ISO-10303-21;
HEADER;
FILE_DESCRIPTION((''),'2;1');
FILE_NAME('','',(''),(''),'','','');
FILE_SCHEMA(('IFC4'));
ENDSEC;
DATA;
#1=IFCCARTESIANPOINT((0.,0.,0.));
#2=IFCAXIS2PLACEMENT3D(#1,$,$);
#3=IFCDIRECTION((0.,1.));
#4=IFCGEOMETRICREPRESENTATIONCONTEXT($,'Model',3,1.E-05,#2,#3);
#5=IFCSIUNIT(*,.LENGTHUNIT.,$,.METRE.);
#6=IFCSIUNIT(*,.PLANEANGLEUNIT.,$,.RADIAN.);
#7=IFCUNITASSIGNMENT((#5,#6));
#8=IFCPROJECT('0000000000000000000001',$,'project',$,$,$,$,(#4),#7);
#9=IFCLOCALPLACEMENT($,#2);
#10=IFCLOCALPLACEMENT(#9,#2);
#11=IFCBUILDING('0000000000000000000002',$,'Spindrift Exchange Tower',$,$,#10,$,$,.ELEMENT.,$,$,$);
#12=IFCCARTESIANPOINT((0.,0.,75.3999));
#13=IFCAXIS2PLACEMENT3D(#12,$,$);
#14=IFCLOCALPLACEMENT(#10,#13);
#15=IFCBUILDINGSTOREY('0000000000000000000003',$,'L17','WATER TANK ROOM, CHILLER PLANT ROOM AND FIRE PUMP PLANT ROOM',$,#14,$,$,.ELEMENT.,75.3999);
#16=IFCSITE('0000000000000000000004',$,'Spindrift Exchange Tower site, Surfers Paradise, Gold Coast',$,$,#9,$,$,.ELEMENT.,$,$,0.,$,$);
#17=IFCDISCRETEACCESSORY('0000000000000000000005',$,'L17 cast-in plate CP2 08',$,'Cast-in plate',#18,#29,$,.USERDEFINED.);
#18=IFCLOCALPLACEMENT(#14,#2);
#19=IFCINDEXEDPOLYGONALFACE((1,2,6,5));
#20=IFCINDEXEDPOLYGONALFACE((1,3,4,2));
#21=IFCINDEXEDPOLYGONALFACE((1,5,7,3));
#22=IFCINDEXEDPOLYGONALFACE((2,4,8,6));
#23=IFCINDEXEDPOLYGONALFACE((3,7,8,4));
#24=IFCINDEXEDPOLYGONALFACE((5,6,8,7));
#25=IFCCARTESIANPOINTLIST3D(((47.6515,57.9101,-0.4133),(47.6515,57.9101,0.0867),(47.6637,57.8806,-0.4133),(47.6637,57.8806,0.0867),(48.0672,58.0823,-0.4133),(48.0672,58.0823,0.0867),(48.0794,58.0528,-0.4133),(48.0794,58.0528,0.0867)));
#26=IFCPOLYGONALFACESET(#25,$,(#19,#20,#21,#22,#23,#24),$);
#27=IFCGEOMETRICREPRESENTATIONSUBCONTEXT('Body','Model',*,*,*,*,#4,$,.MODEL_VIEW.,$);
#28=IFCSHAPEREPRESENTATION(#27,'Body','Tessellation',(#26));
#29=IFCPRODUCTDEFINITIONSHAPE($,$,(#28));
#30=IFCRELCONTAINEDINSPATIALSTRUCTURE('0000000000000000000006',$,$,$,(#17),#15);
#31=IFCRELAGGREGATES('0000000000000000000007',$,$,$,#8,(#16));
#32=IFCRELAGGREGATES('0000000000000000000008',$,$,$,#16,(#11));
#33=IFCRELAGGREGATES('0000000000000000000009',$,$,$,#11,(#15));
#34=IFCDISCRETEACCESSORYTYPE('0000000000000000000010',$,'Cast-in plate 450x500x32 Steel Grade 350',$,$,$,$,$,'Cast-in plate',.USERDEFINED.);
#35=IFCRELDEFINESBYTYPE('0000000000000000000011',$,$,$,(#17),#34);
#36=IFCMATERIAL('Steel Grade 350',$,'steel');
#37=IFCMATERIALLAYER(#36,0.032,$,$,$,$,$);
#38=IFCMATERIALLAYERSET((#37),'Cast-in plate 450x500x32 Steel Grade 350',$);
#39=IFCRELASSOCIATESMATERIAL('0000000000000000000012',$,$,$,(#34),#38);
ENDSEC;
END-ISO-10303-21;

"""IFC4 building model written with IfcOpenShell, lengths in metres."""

from ifc_helpers import new_model, si_unit, direction, frame, origin, origin_2d, place, context, subcontext, project, spatial, rectangle, extrude, source, transform, mapped, material, layer, layer_set, type_object, element, save


model = new_model("IFC4")

# Units and contexts
model_context = context("Model", 3, precision=1e-05, world=origin(), true_north=direction((0.0, 1.0)))
body_context = subcontext(model_context, "Body", "Model", "MODEL_VIEW")
ifc_project = project(units=[si_unit("LENGTHUNIT", "METRE"), si_unit("PLANEANGLEUNIT", "RADIAN")], contexts=[model_context])

# Site, building, storey
site_placement = place(None, origin())
site = spatial("IfcSite", under=ifc_project, at=site_placement, Name="Spindrift Exchange Tower site, Surfers Paradise, Gold Coast", CompositionType="ELEMENT", RefElevation=0.0)
building_placement = place(site_placement, origin())
building = spatial("IfcBuilding", under=site, at=building_placement, Name="Spindrift Exchange Tower", CompositionType="ELEMENT")
storey_placement = place(building_placement, frame((0.0, 0.0, 75.3999)))
storey = spatial("IfcBuildingStorey", under=building, at=storey_placement, Name="L17", Description="WATER TANK ROOM, CHILLER PLANT ROOM AND FIRE PUMP PLANT ROOM", CompositionType="ELEMENT", Elevation=75.3999)

# Discrete accessory
ifc_material_1 = material(Name="Steel Grade 350", Category="steel")
ifc_layer_1 = layer(ifc_material_1, 0.032)
ifc_layer_set_1 = layer_set([ifc_layer_1], Name="Cast-in plate 450x500x32 Steel Grade 350")
discrete_accessory_type_1 = type_object("IfcDiscreteAccessoryType", Name="Cast-in plate 450x500x32 Steel Grade 350", ElementType="Cast-in plate", PredefinedType="USERDEFINED", material=ifc_layer_set_1)
shared_shape_1 = source(origin(), body_context, "Body", "SweptSolid", [
    extrude(rectangle(XDim=0.032, YDim=0.45, at=origin_2d()), origin(), (0.0, 0.0, 1.0), 0.5),
])
for number, where, z_axis, x_axis, name in (
    (1, (47.8655, 57.9814, -0.4133), (0.0, 0.0, 1.0), (-0.382683, 0.92388, 0.0), "L17 cast-in plate CP2 08"),
):
    element("IfcDiscreteAccessory", number, at=place(storey_placement, frame(where, z_axis=z_axis, x_axis=x_axis)), inside=storey, type_object=discrete_accessory_type_1, Name=name, ObjectType="Cast-in plate", PredefinedType="USERDEFINED", context=body_context, shape_type="MappedRepresentation", body=[
        mapped(shared_shape_1, transform((0.0, 0.0, 0.0), scale=1.0)),
    ])

save(model, "model.ifc")
